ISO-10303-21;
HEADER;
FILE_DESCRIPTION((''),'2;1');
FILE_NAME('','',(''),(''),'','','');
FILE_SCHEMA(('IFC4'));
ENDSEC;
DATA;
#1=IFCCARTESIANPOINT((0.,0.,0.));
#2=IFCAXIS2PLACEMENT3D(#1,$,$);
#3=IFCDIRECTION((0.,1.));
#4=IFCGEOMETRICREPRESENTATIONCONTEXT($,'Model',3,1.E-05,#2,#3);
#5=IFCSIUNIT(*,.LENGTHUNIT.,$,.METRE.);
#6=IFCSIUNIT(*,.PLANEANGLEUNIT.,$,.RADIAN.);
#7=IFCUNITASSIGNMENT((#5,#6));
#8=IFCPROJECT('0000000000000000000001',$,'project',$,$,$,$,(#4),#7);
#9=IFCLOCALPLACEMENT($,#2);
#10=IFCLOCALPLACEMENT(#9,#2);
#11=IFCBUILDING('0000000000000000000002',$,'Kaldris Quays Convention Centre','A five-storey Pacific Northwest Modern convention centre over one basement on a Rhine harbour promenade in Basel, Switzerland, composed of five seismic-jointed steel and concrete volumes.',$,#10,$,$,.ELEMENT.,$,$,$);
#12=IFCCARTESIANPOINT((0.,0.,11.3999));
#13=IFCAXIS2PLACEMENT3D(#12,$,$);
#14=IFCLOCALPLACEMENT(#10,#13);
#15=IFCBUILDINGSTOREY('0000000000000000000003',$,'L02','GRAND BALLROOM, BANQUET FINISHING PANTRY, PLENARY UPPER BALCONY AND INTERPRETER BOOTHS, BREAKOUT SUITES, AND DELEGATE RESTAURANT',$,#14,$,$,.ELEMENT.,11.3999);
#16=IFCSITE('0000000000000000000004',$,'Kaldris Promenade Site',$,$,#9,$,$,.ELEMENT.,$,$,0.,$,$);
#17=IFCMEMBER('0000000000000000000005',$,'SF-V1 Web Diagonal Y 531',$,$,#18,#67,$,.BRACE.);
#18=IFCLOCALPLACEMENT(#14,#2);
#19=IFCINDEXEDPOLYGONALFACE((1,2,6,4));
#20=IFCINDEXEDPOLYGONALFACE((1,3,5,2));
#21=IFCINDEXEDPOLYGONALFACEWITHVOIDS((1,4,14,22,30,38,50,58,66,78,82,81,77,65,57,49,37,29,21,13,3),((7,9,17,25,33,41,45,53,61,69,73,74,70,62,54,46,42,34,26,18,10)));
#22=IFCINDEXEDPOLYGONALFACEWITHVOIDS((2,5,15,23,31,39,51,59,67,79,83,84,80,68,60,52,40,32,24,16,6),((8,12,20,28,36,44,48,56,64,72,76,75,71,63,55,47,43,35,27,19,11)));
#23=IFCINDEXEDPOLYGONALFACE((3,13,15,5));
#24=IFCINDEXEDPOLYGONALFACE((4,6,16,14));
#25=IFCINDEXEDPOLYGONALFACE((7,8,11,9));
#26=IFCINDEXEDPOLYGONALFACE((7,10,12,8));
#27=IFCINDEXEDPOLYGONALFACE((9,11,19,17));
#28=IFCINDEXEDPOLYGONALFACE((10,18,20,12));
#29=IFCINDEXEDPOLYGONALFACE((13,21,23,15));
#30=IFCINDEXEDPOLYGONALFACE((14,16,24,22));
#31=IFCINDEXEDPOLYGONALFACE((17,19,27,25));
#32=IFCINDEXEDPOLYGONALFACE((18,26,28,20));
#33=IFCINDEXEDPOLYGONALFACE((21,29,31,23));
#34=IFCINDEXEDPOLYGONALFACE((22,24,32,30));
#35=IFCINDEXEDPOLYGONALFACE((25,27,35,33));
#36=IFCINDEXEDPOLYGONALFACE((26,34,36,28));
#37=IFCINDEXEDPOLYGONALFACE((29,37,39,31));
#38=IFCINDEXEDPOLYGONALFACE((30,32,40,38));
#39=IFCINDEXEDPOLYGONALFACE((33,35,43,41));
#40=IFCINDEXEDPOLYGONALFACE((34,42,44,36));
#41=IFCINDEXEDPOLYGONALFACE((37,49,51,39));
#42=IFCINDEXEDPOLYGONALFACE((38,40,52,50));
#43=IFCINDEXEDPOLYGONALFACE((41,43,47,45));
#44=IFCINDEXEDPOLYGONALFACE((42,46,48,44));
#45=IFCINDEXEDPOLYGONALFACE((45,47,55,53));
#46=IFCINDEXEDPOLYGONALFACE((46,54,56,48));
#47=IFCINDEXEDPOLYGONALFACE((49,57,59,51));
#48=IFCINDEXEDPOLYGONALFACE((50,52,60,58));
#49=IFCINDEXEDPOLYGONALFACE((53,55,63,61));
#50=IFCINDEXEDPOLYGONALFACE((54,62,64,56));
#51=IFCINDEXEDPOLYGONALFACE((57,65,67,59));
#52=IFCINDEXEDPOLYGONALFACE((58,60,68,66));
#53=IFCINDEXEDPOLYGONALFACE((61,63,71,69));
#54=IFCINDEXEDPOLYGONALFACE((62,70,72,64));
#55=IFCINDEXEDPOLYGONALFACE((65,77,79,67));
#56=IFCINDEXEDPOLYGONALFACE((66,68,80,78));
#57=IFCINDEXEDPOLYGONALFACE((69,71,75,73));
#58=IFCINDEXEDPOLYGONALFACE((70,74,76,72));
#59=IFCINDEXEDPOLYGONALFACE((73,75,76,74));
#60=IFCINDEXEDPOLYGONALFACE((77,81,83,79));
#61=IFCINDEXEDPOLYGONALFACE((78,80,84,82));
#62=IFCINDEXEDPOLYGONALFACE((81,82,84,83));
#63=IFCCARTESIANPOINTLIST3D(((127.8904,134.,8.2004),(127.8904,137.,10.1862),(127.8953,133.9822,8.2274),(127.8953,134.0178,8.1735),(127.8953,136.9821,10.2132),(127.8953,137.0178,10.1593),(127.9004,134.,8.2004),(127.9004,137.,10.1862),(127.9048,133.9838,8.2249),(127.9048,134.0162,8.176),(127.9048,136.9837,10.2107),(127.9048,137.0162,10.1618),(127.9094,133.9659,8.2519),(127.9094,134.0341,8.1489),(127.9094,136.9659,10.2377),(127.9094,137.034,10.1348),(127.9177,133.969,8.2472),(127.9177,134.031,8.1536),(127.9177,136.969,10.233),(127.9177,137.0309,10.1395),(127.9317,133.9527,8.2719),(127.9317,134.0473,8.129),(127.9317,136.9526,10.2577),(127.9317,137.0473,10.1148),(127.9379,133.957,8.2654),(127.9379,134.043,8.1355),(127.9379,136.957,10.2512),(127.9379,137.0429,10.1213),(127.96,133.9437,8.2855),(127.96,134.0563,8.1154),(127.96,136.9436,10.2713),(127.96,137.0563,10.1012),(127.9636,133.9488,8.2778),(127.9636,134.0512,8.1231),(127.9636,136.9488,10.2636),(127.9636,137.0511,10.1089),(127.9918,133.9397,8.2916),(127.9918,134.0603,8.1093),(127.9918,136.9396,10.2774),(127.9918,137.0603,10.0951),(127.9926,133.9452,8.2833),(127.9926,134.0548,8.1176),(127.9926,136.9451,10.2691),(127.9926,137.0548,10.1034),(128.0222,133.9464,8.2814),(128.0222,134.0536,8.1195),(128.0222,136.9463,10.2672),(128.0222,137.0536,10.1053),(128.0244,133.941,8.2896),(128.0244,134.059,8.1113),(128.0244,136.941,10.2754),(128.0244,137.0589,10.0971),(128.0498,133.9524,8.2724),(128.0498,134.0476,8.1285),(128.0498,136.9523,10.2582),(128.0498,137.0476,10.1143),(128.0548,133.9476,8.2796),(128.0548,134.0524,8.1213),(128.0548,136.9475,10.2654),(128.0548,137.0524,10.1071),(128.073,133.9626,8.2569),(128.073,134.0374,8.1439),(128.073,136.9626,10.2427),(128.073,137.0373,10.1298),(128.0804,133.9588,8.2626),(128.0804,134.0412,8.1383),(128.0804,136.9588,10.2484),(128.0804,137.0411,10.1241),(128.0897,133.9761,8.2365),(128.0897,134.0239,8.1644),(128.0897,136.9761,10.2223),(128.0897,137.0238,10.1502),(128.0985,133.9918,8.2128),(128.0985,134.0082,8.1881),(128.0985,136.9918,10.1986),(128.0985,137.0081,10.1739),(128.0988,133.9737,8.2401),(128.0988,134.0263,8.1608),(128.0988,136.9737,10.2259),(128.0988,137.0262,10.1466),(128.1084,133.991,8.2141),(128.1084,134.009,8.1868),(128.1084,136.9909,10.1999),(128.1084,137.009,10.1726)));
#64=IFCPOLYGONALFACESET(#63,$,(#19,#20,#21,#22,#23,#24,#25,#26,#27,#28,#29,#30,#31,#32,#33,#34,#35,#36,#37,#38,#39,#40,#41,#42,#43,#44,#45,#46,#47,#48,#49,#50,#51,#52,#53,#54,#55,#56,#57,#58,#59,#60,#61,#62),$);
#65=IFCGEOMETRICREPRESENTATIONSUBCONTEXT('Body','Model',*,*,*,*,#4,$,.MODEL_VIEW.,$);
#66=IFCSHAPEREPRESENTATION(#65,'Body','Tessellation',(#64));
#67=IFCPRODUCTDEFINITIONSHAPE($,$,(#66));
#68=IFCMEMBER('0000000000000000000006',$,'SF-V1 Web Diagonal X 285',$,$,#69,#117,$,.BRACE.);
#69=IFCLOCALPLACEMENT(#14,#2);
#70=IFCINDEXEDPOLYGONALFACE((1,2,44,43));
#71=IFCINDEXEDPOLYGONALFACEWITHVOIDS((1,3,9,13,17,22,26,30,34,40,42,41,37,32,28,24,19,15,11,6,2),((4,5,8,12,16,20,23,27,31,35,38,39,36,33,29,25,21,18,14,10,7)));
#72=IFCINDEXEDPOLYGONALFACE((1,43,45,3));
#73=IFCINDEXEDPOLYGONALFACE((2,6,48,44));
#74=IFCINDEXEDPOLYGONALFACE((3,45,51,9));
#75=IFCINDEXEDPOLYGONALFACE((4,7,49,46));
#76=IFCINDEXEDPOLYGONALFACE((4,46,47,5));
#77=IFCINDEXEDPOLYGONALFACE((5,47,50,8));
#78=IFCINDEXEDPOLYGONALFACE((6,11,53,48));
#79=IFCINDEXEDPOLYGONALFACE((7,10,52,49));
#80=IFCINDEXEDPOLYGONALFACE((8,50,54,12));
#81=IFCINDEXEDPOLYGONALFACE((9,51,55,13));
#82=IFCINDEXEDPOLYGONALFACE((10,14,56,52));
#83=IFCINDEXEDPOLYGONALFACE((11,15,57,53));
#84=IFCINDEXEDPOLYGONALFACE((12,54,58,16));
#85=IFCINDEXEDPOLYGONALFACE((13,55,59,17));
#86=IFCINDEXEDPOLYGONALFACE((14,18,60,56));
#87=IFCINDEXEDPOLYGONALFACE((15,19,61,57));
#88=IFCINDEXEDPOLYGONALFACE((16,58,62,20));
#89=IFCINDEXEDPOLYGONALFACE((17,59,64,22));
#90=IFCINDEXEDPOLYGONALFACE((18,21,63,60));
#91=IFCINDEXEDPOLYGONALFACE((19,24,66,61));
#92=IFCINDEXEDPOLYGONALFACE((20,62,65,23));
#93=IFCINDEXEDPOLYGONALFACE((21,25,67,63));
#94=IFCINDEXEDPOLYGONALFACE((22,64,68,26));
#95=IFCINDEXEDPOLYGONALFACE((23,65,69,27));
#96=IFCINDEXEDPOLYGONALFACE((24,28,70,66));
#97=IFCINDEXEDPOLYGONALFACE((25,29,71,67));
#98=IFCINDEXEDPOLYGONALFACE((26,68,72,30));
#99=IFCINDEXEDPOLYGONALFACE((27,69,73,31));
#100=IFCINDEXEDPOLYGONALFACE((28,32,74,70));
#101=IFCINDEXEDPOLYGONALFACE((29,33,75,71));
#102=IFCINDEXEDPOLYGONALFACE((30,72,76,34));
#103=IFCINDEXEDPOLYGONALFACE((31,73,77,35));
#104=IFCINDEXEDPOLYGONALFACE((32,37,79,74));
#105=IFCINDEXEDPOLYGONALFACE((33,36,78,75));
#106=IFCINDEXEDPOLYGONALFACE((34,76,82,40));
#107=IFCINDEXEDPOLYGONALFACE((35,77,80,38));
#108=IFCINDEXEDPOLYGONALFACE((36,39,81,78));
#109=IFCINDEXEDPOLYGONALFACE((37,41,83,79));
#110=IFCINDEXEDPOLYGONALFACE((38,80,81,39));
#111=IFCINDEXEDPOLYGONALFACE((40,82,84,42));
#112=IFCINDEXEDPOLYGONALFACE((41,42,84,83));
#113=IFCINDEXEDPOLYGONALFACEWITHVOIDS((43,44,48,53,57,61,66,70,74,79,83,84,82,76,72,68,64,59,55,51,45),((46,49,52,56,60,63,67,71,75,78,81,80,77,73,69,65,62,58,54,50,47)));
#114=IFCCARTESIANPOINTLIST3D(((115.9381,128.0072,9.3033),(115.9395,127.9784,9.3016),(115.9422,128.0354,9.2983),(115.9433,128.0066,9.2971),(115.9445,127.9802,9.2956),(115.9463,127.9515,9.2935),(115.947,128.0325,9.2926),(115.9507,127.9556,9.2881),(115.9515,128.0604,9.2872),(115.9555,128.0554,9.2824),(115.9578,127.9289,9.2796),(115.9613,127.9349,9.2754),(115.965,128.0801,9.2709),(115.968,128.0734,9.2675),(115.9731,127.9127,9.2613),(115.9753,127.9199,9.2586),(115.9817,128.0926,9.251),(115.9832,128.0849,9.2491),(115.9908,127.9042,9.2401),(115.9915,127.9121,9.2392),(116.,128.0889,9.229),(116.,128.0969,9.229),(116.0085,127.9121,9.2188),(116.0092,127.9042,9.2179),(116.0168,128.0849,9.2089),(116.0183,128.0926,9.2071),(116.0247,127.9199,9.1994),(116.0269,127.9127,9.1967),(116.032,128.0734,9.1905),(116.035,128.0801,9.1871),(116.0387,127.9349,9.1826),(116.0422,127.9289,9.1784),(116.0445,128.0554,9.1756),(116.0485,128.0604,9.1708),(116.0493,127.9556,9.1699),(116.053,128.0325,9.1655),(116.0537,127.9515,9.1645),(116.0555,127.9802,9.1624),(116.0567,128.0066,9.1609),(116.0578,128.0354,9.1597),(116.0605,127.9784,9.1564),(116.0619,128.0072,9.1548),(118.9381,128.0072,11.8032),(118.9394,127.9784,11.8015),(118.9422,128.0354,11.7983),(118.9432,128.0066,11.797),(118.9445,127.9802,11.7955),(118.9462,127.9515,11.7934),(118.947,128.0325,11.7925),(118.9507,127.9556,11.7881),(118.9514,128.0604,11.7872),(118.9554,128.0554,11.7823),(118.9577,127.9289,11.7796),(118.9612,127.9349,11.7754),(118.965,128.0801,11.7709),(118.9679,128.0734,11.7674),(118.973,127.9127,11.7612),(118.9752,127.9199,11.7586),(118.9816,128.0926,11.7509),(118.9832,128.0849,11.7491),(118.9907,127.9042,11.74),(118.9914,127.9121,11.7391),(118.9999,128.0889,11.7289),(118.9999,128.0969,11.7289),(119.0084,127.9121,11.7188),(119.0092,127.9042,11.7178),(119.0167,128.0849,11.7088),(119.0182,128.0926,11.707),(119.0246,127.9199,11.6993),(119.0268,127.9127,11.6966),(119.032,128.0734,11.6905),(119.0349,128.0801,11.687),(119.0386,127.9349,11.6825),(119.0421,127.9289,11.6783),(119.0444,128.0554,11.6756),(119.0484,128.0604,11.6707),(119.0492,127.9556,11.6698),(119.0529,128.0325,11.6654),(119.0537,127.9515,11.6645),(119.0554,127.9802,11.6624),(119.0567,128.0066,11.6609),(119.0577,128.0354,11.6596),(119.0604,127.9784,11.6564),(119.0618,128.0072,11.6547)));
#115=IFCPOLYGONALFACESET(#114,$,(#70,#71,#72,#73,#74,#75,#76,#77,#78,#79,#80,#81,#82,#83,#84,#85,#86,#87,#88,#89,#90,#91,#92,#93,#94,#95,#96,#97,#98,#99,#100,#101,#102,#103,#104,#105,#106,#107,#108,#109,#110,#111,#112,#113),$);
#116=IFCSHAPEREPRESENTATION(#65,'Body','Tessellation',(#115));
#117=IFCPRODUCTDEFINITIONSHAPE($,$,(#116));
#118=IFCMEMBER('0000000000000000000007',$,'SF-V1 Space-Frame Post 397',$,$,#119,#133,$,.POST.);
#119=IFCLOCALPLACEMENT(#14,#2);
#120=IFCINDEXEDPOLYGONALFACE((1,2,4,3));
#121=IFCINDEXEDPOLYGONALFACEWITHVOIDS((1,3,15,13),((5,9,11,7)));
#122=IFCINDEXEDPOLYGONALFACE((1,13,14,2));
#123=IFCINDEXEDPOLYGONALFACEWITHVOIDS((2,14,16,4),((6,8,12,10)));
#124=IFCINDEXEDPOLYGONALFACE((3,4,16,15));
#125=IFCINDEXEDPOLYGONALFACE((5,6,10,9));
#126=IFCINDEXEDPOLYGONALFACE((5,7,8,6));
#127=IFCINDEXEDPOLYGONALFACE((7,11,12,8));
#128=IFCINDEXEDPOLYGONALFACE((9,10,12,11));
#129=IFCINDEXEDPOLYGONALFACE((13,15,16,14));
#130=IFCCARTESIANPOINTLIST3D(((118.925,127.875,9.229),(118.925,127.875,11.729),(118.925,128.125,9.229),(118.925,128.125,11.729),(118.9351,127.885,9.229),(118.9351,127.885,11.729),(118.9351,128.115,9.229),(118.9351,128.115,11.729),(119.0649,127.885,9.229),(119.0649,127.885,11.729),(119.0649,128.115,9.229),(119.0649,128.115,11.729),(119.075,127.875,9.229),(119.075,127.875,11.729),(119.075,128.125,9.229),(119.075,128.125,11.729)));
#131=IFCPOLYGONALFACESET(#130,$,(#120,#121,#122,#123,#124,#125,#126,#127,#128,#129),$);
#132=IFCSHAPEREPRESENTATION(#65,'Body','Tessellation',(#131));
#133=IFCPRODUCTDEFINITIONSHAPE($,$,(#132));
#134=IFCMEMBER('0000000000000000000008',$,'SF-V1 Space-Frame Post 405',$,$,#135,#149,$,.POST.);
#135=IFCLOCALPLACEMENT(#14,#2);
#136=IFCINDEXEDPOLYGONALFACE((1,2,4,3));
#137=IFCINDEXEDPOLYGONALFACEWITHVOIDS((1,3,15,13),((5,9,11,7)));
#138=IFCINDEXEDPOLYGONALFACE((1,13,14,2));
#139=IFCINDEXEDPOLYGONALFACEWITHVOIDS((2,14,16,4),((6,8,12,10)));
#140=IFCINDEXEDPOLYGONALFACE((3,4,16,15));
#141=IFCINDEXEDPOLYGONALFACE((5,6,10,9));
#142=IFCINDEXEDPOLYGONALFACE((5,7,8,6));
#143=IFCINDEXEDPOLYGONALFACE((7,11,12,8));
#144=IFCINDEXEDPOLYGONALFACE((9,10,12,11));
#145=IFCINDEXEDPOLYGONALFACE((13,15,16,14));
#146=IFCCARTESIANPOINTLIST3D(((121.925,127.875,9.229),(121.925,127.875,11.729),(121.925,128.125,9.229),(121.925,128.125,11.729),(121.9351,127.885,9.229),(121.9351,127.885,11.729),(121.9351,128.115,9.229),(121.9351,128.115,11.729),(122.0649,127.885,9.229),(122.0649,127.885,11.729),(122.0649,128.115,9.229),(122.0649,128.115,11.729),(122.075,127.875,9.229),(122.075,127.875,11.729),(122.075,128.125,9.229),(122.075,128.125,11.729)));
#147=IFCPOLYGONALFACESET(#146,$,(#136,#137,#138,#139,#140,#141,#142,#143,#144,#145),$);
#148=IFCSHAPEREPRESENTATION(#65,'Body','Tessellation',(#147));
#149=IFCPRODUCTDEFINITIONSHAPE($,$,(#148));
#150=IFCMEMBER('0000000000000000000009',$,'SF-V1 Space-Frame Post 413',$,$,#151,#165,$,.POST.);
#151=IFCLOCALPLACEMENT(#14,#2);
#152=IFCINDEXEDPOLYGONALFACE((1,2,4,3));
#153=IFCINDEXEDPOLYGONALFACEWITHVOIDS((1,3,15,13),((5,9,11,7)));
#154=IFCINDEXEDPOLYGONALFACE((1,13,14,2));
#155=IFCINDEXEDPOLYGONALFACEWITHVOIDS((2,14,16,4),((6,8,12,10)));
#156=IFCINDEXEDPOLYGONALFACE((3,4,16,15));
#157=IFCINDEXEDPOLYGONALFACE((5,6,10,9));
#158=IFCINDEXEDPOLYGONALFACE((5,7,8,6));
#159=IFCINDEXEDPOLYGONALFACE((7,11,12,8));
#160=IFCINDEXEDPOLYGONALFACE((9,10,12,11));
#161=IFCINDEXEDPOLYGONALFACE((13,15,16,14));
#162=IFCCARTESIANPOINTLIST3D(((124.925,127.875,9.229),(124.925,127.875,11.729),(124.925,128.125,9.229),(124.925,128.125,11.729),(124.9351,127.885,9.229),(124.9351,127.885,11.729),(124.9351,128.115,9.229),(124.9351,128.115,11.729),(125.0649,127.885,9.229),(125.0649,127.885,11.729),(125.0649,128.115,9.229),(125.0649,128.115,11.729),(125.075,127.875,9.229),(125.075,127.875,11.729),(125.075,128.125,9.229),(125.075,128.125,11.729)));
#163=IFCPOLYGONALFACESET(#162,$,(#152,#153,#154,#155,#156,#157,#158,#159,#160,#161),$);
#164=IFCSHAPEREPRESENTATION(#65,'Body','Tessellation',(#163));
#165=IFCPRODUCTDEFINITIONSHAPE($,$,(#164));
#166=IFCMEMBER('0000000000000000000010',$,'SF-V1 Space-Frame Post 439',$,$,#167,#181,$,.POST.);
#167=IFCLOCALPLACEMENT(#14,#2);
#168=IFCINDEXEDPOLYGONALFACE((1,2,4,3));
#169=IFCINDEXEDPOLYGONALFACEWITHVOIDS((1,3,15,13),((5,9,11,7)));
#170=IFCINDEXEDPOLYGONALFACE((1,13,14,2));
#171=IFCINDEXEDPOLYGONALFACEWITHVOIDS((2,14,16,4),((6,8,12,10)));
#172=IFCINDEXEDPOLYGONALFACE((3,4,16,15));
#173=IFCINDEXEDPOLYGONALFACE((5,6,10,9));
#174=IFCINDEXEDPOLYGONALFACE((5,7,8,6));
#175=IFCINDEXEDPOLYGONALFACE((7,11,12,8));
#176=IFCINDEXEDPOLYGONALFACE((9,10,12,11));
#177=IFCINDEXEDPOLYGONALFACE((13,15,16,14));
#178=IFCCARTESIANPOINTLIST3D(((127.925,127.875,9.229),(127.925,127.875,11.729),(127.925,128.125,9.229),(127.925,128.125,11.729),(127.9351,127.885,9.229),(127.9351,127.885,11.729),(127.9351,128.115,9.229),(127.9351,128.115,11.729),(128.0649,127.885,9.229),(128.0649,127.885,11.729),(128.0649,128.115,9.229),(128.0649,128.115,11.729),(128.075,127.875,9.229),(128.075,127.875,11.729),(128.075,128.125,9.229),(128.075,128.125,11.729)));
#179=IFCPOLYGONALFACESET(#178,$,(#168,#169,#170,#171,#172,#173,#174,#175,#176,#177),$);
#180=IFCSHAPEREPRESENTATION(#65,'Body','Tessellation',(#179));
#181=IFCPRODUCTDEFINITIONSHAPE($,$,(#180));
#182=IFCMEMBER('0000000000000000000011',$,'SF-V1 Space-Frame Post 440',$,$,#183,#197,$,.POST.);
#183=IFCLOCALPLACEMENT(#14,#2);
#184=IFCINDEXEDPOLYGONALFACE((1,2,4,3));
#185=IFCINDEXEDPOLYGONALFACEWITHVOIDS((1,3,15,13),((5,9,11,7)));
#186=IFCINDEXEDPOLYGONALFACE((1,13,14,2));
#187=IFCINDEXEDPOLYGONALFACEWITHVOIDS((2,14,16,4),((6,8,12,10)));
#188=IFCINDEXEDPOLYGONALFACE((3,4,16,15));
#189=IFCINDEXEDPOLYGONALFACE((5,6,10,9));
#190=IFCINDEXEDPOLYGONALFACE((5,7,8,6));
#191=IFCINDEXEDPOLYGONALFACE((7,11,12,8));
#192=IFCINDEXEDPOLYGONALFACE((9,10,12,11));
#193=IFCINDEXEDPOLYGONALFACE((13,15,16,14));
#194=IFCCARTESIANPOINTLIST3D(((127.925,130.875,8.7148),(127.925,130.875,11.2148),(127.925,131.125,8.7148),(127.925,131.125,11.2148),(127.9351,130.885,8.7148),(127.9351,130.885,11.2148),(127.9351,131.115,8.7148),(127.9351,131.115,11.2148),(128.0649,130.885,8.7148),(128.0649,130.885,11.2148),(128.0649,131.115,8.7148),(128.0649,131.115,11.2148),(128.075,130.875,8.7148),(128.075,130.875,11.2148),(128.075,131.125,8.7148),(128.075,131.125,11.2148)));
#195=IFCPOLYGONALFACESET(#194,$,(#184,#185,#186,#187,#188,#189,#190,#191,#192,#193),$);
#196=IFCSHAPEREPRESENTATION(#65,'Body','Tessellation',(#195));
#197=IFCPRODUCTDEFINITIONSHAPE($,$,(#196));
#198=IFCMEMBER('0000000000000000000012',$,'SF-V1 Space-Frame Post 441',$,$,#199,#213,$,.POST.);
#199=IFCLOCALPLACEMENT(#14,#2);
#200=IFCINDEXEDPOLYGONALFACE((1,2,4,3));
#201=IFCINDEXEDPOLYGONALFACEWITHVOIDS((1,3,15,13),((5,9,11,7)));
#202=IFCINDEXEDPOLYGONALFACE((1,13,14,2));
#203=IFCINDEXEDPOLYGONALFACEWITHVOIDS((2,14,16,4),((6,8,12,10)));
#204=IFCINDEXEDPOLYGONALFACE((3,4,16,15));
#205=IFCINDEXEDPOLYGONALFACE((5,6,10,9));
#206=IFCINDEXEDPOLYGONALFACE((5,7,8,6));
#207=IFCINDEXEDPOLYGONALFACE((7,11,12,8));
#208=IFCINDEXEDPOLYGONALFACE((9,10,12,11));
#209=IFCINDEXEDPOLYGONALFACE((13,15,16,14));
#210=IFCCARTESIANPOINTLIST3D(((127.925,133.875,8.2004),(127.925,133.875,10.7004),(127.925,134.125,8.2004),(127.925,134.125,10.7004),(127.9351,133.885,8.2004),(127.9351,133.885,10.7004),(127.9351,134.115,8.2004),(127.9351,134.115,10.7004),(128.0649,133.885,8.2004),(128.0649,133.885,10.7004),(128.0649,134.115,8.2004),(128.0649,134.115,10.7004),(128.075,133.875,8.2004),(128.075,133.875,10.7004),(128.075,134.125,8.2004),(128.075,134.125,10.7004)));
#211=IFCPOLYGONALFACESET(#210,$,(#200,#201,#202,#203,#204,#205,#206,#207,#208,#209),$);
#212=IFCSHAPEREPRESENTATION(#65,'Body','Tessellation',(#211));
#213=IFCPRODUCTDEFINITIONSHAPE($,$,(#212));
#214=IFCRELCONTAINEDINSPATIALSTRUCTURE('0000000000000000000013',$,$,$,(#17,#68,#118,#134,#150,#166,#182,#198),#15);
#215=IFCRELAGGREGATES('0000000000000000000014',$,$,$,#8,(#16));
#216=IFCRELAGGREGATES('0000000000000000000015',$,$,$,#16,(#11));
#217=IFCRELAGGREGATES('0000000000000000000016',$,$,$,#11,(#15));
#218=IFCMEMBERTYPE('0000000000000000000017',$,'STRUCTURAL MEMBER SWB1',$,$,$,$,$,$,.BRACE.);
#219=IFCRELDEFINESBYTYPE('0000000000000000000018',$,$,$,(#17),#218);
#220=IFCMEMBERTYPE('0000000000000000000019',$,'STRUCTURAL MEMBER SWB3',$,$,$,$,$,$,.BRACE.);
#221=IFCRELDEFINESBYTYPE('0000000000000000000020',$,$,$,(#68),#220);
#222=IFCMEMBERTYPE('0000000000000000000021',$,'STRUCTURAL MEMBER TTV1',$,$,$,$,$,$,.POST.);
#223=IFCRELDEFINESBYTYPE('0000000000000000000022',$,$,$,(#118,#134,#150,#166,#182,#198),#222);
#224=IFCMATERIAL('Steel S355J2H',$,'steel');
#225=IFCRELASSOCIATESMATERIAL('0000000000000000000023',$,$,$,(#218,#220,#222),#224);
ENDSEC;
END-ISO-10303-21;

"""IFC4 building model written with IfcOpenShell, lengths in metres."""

from ifc_helpers import new_model, si_unit, direction, frame, origin, origin_2d, place, context, subcontext, project, spatial, hollow_rectangle, hollow_circle, extrude, material, material_profile, profile_set, type_object, element, save


model = new_model("IFC4")

# Units and contexts
model_context = context("Model", 3, precision=1e-05, world=origin(), true_north=direction((0.0, 1.0)))
body_context = subcontext(model_context, "Body", "Model", "MODEL_VIEW")
ifc_project = project(units=[si_unit("LENGTHUNIT", "METRE"), si_unit("PLANEANGLEUNIT", "RADIAN")], contexts=[model_context])

# Site, building, storey
site_placement = place(None, origin())
site = spatial("IfcSite", under=ifc_project, at=site_placement, Name="Kaldris Promenade Site", CompositionType="ELEMENT", RefElevation=0.0)
building_placement = place(site_placement, origin())
building = spatial("IfcBuilding", under=site, at=building_placement, Name="Kaldris Quays Convention Centre", Description="A five-storey Pacific Northwest Modern convention centre over one basement on a Rhine harbour promenade in Basel, Switzerland, composed of five seismic-jointed steel and concrete volumes.", CompositionType="ELEMENT")
storey_placement = place(building_placement, frame((0.0, 0.0, 11.3999)))
storey = spatial("IfcBuildingStorey", under=building, at=storey_placement, Name="L02", Description="GRAND BALLROOM, BANQUET FINISHING PANTRY, PLENARY UPPER BALCONY AND INTERPRETER BOOTHS, BREAKOUT SUITES, AND DELEGATE RESTAURANT", CompositionType="ELEMENT", Elevation=11.3999)

# Members
ifc_material_1 = material(Name="Steel S355J2H", Category="steel")
ifc_material_profile_1 = material_profile(ifc_material_1, hollow_circle(Radius=0.1096, WallThickness=0.01, at=origin_2d()), Name="CHS 219.1x10")
ifc_profile_set_1 = profile_set([ifc_material_profile_1], Name="Steel S355J2H")
member_type_1 = type_object("IfcMemberType", Name="STRUCTURAL MEMBER SWB1", PredefinedType="BRACE", material=ifc_profile_set_1)
member_1_placement = place(storey_placement, frame((128.0, 134.0, 8.2004), z_axis=(0.0, 0.833862, 0.551972), x_axis=(-1.0, 0.0, 0.0)))
element("IfcMember", 1, at=member_1_placement, inside=storey, type_object=member_type_1, Name="SF-V1 Web Diagonal Y 531", PredefinedType="BRACE", context=body_context, shape_type="SweptSolid", body=[
    extrude(hollow_circle(Radius=0.1096, WallThickness=0.01, at=origin_2d()), origin(), (0.0, 0.0, 1.0), 3.5977),
])
ifc_material_profile_2 = material_profile(ifc_material_1, hollow_circle(Radius=0.0969, WallThickness=0.0081, at=origin_2d()), Name="CHS 193.7x8")
ifc_profile_set_2 = profile_set([ifc_material_profile_2], Name="Steel S355J2H")
member_type_2 = type_object("IfcMemberType", Name="STRUCTURAL MEMBER SWB3", PredefinedType="BRACE", material=ifc_profile_set_2)
member_2_placement = place(storey_placement, frame((116.0, 128.0, 9.229), z_axis=(0.768221, 0.0, 0.640184), x_axis=(0.0, 1.0, 0.0)))
element("IfcMember", 2, at=member_2_placement, inside=storey, type_object=member_type_2, Name="SF-V1 Web Diagonal X 285", PredefinedType="BRACE", context=body_context, shape_type="SweptSolid", body=[
    extrude(hollow_circle(Radius=0.0969, WallThickness=0.0081, at=origin_2d()), origin(), (0.0, 0.0, 1.0), 3.905),
])
ifc_material_profile_3 = material_profile(ifc_material_1, hollow_rectangle(XDim=0.1499, YDim=0.25, WallThickness=0.01, at=origin_2d()), Name="RHS 250x150x10")
ifc_profile_set_3 = profile_set([ifc_material_profile_3], Name="Steel S355J2H")
member_type_3 = type_object("IfcMemberType", Name="STRUCTURAL MEMBER TTV1", PredefinedType="POST", material=ifc_profile_set_3)
for number, where, z_axis, x_axis, name in (
    (3, (119.0, 128.0, 9.229), (0.0, 0.0, 1.0), (1.0, 0.0, 0.0), "SF-V1 Space-Frame Post 397"),
    (4, (122.0, 128.0, 9.229), (0.0, 0.0, 1.0), (1.0, 0.0, 0.0), "SF-V1 Space-Frame Post 405"),
    (5, (125.0, 128.0, 9.229), (0.0, 0.0, 1.0), (1.0, 0.0, 0.0), "SF-V1 Space-Frame Post 413"),
    (6, (128.0, 128.0, 9.229), (0.0, 0.0, 1.0), (1.0, 0.0, 0.0), "SF-V1 Space-Frame Post 439"),
    (7, (128.0, 131.0, 8.7148), (0.0, 0.0, 1.0), (1.0, 0.0, 0.0), "SF-V1 Space-Frame Post 440"),
    (8, (128.0, 134.0, 8.2004), (0.0, 0.0, 1.0), (1.0, 0.0, 0.0), "SF-V1 Space-Frame Post 441"),
):
    element("IfcMember", number, at=place(storey_placement, frame(where, z_axis=z_axis, x_axis=x_axis)), inside=storey, type_object=member_type_3, Name=name, PredefinedType="POST", context=body_context, shape_type="SweptSolid", body=[
        extrude(hollow_rectangle(XDim=0.1499, YDim=0.25, WallThickness=0.01, at=origin_2d()), origin(), (0.0, 0.0, 1.0), 2.5),
    ])

save(model, "model.ifc")
